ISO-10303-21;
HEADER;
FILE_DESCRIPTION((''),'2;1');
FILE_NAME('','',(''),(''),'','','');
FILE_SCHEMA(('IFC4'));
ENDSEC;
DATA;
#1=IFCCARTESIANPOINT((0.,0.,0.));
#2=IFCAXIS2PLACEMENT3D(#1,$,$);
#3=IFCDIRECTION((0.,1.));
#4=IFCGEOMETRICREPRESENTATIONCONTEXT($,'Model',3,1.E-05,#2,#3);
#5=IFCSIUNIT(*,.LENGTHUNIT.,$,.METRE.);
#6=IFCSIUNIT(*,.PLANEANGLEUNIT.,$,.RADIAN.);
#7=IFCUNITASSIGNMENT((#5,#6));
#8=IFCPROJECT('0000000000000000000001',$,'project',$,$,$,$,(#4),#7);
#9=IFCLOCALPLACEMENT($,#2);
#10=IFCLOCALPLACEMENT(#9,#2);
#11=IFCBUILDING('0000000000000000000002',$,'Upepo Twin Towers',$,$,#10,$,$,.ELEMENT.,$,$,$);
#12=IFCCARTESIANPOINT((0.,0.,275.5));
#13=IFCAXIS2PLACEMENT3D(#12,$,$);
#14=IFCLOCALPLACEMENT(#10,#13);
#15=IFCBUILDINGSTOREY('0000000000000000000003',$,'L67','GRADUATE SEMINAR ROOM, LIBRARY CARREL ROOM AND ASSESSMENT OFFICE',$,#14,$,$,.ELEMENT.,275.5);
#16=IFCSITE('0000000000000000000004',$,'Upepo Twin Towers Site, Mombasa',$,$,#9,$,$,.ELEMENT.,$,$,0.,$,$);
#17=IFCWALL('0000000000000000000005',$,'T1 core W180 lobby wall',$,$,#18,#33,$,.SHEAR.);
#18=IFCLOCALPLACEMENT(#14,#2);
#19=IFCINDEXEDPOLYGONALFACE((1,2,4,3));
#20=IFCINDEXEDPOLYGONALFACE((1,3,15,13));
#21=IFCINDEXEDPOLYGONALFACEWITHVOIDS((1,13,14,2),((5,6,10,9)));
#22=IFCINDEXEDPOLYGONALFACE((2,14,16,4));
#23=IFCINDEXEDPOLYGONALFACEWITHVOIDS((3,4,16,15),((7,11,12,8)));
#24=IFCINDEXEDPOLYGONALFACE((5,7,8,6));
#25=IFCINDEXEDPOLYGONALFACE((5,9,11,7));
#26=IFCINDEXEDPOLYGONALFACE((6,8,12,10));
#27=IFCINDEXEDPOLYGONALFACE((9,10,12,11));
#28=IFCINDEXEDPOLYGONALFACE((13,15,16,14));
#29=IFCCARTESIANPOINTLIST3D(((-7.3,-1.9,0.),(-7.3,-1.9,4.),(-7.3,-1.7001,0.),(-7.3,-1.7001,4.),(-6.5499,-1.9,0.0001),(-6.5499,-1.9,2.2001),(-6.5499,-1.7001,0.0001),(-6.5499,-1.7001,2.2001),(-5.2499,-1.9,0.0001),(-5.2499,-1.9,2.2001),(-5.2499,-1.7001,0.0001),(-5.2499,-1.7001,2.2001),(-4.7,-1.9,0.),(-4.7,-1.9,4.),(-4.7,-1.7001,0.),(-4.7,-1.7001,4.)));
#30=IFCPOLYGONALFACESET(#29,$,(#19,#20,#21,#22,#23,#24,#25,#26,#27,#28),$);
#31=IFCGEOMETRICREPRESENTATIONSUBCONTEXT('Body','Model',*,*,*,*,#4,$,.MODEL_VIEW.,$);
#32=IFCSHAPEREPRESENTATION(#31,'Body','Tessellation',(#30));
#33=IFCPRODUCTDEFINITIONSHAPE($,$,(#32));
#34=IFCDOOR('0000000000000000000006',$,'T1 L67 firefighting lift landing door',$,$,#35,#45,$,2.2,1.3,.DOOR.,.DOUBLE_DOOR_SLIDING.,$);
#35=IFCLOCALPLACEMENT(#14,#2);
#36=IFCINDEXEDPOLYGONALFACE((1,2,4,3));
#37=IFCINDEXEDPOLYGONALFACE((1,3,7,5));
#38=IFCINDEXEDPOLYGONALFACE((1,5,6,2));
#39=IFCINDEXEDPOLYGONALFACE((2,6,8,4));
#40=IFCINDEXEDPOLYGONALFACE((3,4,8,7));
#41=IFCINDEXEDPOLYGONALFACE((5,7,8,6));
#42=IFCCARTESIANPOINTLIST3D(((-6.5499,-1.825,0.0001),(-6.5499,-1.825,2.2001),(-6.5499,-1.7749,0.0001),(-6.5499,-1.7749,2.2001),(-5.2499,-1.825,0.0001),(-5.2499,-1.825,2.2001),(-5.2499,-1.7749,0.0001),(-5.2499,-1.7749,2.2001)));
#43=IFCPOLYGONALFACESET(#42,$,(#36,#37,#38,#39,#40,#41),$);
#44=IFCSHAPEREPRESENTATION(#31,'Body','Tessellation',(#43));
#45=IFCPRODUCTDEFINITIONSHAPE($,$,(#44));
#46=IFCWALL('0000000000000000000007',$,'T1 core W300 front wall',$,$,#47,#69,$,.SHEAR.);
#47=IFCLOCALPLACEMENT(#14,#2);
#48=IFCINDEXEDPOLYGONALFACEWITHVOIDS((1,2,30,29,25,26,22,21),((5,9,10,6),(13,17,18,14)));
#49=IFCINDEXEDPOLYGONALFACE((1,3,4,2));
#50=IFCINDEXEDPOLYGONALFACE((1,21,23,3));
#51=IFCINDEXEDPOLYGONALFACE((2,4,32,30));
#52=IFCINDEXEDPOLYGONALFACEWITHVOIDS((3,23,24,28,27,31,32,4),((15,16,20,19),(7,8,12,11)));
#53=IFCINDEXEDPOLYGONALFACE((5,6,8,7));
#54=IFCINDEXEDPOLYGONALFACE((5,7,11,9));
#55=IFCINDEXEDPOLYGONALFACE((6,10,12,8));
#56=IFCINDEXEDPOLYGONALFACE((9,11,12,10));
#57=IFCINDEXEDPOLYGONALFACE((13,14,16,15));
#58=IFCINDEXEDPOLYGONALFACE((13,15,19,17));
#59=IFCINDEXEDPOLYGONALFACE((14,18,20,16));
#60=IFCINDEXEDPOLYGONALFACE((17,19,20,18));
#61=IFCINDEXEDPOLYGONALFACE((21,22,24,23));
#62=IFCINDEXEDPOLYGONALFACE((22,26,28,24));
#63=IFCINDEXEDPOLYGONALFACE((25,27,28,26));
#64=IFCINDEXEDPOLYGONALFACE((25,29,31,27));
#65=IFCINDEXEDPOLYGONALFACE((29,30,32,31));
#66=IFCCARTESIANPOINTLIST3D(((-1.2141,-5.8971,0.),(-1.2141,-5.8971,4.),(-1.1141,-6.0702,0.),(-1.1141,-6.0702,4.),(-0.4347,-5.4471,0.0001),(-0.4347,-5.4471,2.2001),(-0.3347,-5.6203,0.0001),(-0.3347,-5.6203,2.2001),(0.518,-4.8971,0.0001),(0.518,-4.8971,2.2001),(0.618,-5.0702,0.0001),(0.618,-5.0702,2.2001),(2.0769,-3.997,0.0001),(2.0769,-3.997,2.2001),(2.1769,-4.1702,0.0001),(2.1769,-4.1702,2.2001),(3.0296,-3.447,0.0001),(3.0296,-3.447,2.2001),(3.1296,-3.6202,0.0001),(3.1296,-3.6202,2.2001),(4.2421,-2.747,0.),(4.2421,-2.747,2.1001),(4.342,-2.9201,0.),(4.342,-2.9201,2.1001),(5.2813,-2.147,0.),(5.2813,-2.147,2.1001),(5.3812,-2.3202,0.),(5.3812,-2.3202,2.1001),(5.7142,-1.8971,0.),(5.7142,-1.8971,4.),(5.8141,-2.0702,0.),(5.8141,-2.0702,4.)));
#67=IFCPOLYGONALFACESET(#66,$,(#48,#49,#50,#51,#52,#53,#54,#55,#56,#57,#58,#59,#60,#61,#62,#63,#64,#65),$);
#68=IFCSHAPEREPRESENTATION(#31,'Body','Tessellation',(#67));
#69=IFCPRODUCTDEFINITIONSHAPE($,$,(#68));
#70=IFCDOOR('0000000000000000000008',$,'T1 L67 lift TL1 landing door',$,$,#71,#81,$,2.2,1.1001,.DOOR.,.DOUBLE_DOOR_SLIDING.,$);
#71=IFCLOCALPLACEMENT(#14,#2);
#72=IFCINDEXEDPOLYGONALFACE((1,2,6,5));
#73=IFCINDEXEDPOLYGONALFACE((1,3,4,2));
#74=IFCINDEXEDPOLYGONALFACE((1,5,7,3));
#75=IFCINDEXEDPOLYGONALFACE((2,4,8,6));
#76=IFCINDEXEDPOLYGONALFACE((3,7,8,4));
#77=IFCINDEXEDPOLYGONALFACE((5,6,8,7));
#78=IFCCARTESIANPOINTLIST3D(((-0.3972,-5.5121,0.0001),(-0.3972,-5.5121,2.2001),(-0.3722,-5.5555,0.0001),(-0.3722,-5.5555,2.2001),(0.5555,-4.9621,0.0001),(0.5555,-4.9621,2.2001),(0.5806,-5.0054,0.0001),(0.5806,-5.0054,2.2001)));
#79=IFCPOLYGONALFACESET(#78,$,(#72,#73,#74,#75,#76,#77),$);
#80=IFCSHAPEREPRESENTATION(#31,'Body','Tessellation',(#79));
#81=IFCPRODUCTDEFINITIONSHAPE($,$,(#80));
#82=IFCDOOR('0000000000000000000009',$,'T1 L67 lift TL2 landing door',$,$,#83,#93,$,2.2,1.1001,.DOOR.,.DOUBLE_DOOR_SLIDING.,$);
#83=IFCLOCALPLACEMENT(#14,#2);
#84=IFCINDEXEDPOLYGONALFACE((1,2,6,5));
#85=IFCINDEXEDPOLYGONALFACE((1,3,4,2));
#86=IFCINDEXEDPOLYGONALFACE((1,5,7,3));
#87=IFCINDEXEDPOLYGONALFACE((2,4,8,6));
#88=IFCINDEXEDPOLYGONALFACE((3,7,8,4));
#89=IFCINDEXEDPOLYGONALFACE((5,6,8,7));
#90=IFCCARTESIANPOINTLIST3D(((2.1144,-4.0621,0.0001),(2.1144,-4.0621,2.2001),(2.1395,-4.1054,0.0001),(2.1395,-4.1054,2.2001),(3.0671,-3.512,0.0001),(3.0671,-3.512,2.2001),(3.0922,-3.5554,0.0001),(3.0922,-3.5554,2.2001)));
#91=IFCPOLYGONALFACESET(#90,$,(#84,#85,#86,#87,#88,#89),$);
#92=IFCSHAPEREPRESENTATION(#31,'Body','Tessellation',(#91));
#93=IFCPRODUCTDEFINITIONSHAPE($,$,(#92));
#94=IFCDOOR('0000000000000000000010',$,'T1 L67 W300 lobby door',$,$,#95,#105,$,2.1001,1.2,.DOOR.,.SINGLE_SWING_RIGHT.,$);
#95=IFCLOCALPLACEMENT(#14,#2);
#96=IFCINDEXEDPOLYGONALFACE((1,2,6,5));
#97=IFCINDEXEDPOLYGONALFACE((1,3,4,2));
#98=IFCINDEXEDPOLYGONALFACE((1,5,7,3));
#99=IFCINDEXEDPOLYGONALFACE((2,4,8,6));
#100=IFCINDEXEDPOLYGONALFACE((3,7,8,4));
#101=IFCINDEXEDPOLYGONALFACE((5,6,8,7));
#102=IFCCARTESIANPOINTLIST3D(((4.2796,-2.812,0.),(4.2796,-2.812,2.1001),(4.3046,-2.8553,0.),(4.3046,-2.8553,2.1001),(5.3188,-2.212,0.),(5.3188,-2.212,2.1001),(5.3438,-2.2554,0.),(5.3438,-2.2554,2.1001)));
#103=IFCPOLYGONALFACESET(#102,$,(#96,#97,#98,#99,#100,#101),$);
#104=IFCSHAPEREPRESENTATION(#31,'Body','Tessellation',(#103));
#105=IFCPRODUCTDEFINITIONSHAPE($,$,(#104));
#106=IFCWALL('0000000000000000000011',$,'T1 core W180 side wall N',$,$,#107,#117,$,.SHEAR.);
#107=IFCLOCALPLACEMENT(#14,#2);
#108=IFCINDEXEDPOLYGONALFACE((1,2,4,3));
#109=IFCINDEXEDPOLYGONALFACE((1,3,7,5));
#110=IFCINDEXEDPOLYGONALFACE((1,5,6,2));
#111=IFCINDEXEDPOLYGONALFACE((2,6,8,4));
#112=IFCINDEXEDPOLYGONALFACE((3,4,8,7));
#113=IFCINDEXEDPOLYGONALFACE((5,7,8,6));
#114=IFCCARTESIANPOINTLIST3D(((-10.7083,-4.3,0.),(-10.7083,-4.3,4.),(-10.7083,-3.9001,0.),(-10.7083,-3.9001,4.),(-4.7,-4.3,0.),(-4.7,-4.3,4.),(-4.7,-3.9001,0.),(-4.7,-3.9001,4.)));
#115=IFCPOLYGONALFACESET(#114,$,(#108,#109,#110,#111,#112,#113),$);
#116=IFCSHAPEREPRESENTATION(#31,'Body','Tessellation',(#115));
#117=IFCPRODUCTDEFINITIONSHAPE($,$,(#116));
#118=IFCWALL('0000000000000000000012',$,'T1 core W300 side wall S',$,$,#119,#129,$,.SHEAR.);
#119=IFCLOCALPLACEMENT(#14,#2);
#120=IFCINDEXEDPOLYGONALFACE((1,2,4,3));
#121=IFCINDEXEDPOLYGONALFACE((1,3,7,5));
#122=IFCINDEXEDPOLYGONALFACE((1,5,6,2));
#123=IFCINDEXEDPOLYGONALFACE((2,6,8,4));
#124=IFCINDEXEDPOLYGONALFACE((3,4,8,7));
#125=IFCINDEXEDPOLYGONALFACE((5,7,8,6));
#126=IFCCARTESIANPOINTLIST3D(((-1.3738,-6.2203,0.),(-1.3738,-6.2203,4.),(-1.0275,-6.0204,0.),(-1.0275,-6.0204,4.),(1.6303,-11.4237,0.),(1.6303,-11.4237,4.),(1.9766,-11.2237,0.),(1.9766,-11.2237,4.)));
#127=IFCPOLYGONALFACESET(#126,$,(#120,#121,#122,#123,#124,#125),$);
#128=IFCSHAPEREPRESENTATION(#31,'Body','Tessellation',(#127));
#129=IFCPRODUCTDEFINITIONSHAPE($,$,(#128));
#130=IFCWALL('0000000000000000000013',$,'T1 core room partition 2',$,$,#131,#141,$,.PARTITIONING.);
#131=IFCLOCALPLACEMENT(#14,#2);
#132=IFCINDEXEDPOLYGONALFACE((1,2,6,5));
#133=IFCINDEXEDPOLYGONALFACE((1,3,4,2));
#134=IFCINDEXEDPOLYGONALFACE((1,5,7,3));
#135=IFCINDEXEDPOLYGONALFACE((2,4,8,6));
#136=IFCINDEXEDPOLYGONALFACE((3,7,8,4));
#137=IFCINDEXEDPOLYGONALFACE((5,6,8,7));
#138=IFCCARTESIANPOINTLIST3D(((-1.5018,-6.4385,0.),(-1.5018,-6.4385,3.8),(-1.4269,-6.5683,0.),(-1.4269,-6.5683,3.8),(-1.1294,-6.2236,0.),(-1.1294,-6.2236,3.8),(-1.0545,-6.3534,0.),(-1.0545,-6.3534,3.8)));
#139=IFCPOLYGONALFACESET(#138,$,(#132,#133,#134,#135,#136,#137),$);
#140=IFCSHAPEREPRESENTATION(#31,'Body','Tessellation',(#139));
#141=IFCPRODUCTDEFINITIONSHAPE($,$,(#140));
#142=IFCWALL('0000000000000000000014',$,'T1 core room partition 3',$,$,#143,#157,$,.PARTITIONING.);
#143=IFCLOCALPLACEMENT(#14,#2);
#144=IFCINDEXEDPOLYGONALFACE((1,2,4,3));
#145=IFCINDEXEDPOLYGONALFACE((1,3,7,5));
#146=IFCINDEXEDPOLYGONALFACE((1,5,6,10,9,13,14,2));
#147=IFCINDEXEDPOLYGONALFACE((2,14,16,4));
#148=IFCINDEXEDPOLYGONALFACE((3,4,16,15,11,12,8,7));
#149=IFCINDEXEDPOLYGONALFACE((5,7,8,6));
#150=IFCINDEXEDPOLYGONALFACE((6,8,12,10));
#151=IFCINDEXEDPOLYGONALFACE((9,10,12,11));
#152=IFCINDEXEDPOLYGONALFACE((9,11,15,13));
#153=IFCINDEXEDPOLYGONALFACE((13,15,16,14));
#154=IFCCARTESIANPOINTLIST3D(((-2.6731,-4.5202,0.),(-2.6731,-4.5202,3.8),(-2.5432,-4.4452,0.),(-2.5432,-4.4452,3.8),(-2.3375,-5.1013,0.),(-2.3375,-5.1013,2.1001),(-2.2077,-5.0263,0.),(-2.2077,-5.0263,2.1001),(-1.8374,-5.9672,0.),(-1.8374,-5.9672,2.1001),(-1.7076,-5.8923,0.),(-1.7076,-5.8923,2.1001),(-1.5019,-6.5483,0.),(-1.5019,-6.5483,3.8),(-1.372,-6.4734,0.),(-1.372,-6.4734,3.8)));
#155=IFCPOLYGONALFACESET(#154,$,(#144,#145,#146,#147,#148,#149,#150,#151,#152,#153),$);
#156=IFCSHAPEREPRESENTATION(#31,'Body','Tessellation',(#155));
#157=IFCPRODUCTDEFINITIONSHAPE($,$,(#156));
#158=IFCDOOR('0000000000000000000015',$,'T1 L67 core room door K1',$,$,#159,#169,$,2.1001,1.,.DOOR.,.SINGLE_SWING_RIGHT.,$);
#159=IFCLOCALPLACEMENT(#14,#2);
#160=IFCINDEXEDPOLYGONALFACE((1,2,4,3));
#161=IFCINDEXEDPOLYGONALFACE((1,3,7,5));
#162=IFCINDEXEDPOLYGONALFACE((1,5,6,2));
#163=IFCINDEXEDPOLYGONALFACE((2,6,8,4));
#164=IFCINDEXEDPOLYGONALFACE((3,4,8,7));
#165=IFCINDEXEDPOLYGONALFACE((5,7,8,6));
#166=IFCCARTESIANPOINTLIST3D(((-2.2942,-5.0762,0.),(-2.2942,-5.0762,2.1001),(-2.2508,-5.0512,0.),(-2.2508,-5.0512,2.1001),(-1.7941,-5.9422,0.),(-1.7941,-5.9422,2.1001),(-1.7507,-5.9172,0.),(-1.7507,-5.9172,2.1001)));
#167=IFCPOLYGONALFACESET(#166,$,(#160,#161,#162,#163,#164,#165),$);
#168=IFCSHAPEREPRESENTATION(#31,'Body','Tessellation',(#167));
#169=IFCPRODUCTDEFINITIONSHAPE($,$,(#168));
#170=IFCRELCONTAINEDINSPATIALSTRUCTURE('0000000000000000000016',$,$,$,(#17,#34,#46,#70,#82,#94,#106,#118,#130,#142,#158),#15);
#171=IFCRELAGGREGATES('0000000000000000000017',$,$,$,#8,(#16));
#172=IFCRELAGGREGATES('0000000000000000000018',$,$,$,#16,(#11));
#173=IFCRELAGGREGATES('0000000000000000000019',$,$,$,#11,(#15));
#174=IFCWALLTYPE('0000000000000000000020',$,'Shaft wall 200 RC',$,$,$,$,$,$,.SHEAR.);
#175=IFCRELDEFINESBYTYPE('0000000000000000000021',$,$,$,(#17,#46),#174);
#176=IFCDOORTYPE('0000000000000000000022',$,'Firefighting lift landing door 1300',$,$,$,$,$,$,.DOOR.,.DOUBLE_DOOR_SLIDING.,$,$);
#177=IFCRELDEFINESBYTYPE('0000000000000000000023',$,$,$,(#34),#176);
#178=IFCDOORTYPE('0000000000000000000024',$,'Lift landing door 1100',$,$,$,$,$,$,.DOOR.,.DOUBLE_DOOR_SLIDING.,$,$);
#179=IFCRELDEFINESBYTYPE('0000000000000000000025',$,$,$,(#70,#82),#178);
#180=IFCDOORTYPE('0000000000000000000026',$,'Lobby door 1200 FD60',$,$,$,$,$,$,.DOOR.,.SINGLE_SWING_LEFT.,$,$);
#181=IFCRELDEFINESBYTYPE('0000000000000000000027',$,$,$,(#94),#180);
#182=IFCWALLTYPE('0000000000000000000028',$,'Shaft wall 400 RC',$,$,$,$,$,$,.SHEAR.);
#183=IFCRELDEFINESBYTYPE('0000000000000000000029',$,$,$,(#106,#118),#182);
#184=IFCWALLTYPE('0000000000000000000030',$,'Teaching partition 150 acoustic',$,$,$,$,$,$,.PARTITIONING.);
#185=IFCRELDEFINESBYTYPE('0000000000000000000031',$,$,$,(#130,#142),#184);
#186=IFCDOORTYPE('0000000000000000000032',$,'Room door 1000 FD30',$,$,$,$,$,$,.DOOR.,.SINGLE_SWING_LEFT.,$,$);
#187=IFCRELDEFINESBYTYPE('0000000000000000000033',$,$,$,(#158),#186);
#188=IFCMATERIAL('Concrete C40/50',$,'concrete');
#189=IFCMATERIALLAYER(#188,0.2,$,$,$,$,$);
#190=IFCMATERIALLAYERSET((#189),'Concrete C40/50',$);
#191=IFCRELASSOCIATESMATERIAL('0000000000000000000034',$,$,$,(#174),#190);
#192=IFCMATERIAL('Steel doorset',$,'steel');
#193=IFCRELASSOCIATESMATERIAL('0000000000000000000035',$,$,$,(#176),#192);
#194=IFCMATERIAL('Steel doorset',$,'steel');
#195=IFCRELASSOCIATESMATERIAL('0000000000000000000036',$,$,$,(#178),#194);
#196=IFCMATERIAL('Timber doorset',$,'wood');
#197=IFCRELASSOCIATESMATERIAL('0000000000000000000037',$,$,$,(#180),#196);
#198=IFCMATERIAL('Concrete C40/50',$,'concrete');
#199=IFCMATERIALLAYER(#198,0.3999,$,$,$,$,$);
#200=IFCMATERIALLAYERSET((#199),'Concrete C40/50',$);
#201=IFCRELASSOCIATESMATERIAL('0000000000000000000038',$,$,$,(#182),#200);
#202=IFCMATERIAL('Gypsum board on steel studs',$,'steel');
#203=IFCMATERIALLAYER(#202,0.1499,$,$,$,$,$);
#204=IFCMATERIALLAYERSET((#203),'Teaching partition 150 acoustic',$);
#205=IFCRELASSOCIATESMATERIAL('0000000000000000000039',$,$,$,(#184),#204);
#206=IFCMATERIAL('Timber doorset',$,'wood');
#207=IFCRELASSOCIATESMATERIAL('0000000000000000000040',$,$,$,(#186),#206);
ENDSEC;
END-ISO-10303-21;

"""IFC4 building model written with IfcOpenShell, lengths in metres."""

from ifc_helpers import new_model, si_unit, direction, frame, frame_2d, origin, place, context, subcontext, project, spatial, rectangle, extrude, material, layer, layer_set, type_object, element, fill, save


model = new_model("IFC4")

# Units and contexts
model_context = context("Model", 3, precision=1e-05, world=origin(), true_north=direction((0.0, 1.0)))
body_context = subcontext(model_context, "Body", "Model", "MODEL_VIEW")
ifc_project = project(units=[si_unit("LENGTHUNIT", "METRE"), si_unit("PLANEANGLEUNIT", "RADIAN")], contexts=[model_context])

# Site, building, storey
site_placement = place(None, origin())
site = spatial("IfcSite", under=ifc_project, at=site_placement, Name="Upepo Twin Towers Site, Mombasa", CompositionType="ELEMENT", RefElevation=0.0)
building_placement = place(site_placement, origin())
building = spatial("IfcBuilding", under=site, at=building_placement, Name="Upepo Twin Towers", CompositionType="ELEMENT")
storey_placement = place(building_placement, frame((0.0, 0.0, 275.5)))
storey = spatial("IfcBuildingStorey", under=building, at=storey_placement, Name="L67", Description="GRADUATE SEMINAR ROOM, LIBRARY CARREL ROOM AND ASSESSMENT OFFICE", CompositionType="ELEMENT", Elevation=275.5)

# Wall, opening, door
ifc_material_1 = material(Name="Concrete C40/50", Category="concrete")
ifc_layer_1 = layer(ifc_material_1, 0.2)
ifc_layer_set_1 = layer_set([ifc_layer_1], Name="Concrete C40/50")
wall_type_1 = type_object("IfcWallType", Name="Shaft wall 200 RC", PredefinedType="SHEAR", material=ifc_layer_set_1)
wall_1_placement = place(storey_placement, frame((-4.7, -1.8, 0.0), z_axis=(0.0, 0.0, 1.0), x_axis=(-1.0, 0.0, 0.0)))
wall_1 = element("IfcWall", 1, at=wall_1_placement, inside=storey, type_object=wall_type_1, Name="T1 core W180 lobby wall", PredefinedType="SHEAR", context=body_context, shape_type="SweptSolid", body=[
    extrude(rectangle(XDim=2.6001, YDim=0.2, at=frame_2d((1.3, 0.0))), origin(), (0.0, 0.0, 1.0), 4.0),
])
opening_1_placement = place(wall_1_placement, frame((0.55, 0.0, 0.0)))
opening_1 = element("IfcOpeningElement", 2, at=opening_1_placement, cuts=wall_1, PredefinedType="OPENING", context=body_context, shape_type="SweptSolid", body=[
    extrude(rectangle(XDim=1.3, YDim=2.2, at=frame_2d((0.6499, 1.1001))), frame((0.0, 0.1099, 0.0), z_axis=(0.0, -1.0, 0.0), x_axis=(1.0, 0.0, 0.0)), (0.0, 0.0, 1.0), 0.22),
])
ifc_material_2 = material(Name="Steel doorset", Category="steel")
door_type_1 = type_object("IfcDoorType", Name="Firefighting lift landing door 1300", OperationType="DOUBLE_DOOR_SLIDING", PredefinedType="DOOR", material=ifc_material_2)
door_1_placement = place(opening_1_placement, origin())
door_1 = element("IfcDoor", 3, at=door_1_placement, inside=storey, type_object=door_type_1, Name="T1 L67 firefighting lift landing door", OperationType="DOUBLE_DOOR_SLIDING", OverallHeight=2.2, OverallWidth=1.3, PredefinedType="DOOR", context=body_context, shape_type="SweptSolid", body=[
    extrude(rectangle(XDim=1.3, YDim=2.2, at=frame_2d((0.6499, 1.1001))), frame((0.0, 0.0249, 0.0), z_axis=(0.0, -1.0, 0.0), x_axis=(1.0, 0.0, 0.0)), (0.0, 0.0, 1.0), 0.05),
])
fill(opening_1, door_1)

# Wall, openings, doors
wall_2_placement = place(storey_placement, frame((-1.1641, -5.9836, 0.0), z_axis=(0.0, 0.0, 1.0), x_axis=(0.866026, 0.499999, 0.0)))
wall_2 = element("IfcWall", 4, at=wall_2_placement, inside=storey, type_object=wall_type_1, Name="T1 core W300 front wall", PredefinedType="SHEAR", context=body_context, shape_type="SweptSolid", body=[
    extrude(rectangle(XDim=8.0, YDim=0.2, at=frame_2d((4.0, 0.0))), origin(), (0.0, 0.0, 1.0), 4.0),
])
opening_2_placement = place(wall_2_placement, frame((6.3, 0.0, 0.0)))
opening_2 = element("IfcOpeningElement", 5, at=opening_2_placement, cuts=wall_2, PredefinedType="OPENING", context=body_context, shape_type="SweptSolid", body=[
    extrude(rectangle(XDim=1.2, YDim=2.1001, at=frame_2d((0.6001, 1.05))), frame((0.0, 0.1099, 0.0), z_axis=(0.0, -1.0, 0.0), x_axis=(1.0, 0.0, 0.0)), (0.0, 0.0, 1.0), 0.22),
])
opening_3_placement = place(wall_2_placement, frame((0.8999, 0.0, 0.0)))
opening_3 = element("IfcOpeningElement", 6, at=opening_3_placement, cuts=wall_2, PredefinedType="OPENING", context=body_context, shape_type="SweptSolid", body=[
    extrude(rectangle(XDim=1.1001, YDim=2.2, at=frame_2d((0.55, 1.1001))), frame((0.0, 0.1099, 0.0), z_axis=(0.0, -1.0, 0.0), x_axis=(1.0, 0.0, 0.0)), (0.0, 0.0, 1.0), 0.22),
])
opening_4_placement = place(wall_2_placement, frame((3.8, 0.0, 0.0)))
opening_4 = element("IfcOpeningElement", 7, at=opening_4_placement, cuts=wall_2, PredefinedType="OPENING", context=body_context, shape_type="SweptSolid", body=[
    extrude(rectangle(XDim=1.1001, YDim=2.2, at=frame_2d((0.55, 1.1001))), frame((0.0, 0.1099, 0.0), z_axis=(0.0, -1.0, 0.0), x_axis=(1.0, 0.0, 0.0)), (0.0, 0.0, 1.0), 0.22),
])
ifc_material_3 = material(Name="Steel doorset", Category="steel")
door_type_2 = type_object("IfcDoorType", Name="Lift landing door 1100", OperationType="DOUBLE_DOOR_SLIDING", PredefinedType="DOOR", material=ifc_material_3)
door_2_placement = place(opening_3_placement, origin())
door_2 = element("IfcDoor", 8, at=door_2_placement, inside=storey, type_object=door_type_2, Name="T1 L67 lift TL1 landing door", OperationType="DOUBLE_DOOR_SLIDING", OverallHeight=2.2, OverallWidth=1.1001, PredefinedType="DOOR", context=body_context, shape_type="SweptSolid", body=[
    extrude(rectangle(XDim=1.1001, YDim=2.2, at=frame_2d((0.55, 1.1001))), frame((0.0, 0.0249, 0.0), z_axis=(0.0, -1.0, 0.0), x_axis=(1.0, 0.0, 0.0)), (0.0, 0.0, 1.0), 0.05),
])
fill(opening_3, door_2)
door_3_placement = place(opening_4_placement, origin())
door_3 = element("IfcDoor", 9, at=door_3_placement, inside=storey, type_object=door_type_2, Name="T1 L67 lift TL2 landing door", OperationType="DOUBLE_DOOR_SLIDING", OverallHeight=2.2, OverallWidth=1.1001, PredefinedType="DOOR", context=body_context, shape_type="SweptSolid", body=[
    extrude(rectangle(XDim=1.1001, YDim=2.2, at=frame_2d((0.55, 1.1001))), frame((0.0, 0.0249, 0.0), z_axis=(0.0, -1.0, 0.0), x_axis=(1.0, 0.0, 0.0)), (0.0, 0.0, 1.0), 0.05),
])
fill(opening_4, door_3)
ifc_material_4 = material(Name="Timber doorset", Category="wood")
door_type_3 = type_object("IfcDoorType", Name="Lobby door 1200 FD60", OperationType="SINGLE_SWING_LEFT", PredefinedType="DOOR", material=ifc_material_4)
door_4_placement = place(opening_2_placement, origin())
door_4 = element("IfcDoor", 10, at=door_4_placement, inside=storey, type_object=door_type_3, Name="T1 L67 W300 lobby door", OperationType="SINGLE_SWING_RIGHT", OverallHeight=2.1001, OverallWidth=1.2, PredefinedType="DOOR", context=body_context, shape_type="SweptSolid", body=[
    extrude(rectangle(XDim=1.2, YDim=2.1001, at=frame_2d((0.6001, 1.05))), frame((0.0, 0.0249, 0.0), z_axis=(0.0, -1.0, 0.0), x_axis=(1.0, 0.0, 0.0)), (0.0, 0.0, 1.0), 0.05),
])
fill(opening_2, door_4)

# Walls
ifc_material_5 = material(Name="Concrete C40/50", Category="concrete")
ifc_layer_2 = layer(ifc_material_5, 0.3999)
ifc_layer_set_2 = layer_set([ifc_layer_2], Name="Concrete C40/50")
wall_type_2 = type_object("IfcWallType", Name="Shaft wall 400 RC", PredefinedType="SHEAR", material=ifc_layer_set_2)
for number, where, z_axis, x_axis, name in (
    (11, (-4.7, -4.1001, 0.0), (0.0, 0.0, 1.0), (-1.0, 0.0, 0.0), "T1 core W180 side wall N"),
    (12, (-1.2007, -6.1204, 0.0), (0.0, 0.0, 1.0), (0.499998, -0.866027, 0.0), "T1 core W300 side wall S"),
):
    element("IfcWall", number, at=place(storey_placement, frame(where, z_axis=z_axis, x_axis=x_axis)), inside=storey, type_object=wall_type_2, Name=name, PredefinedType="SHEAR", context=body_context, shape_type="SweptSolid", body=[
        extrude(rectangle(XDim=6.0083, YDim=0.3999, at=frame_2d((3.0042, 0.0))), origin(), (0.0, 0.0, 1.0), 4.0),
    ])
ifc_material_6 = material(Name="Gypsum board on steel studs", Category="steel")
ifc_layer_3 = layer(ifc_material_6, 0.1499)
ifc_layer_set_3 = layer_set([ifc_layer_3], Name="Teaching partition 150 acoustic")
wall_type_3 = type_object("IfcWallType", Name="Teaching partition 150 acoustic", PredefinedType="PARTITIONING", material=ifc_layer_set_3)
wall_3_placement = place(storey_placement, frame((-1.092, -6.2886, 0.0), z_axis=(0.0, 0.0, 1.0), x_axis=(-0.866138, -0.499804, 0.0)))
element("IfcWall", 13, at=wall_3_placement, inside=storey, type_object=wall_type_3, Name="T1 core room partition 2", PredefinedType="PARTITIONING", context=body_context, shape_type="SweptSolid", body=[
    extrude(rectangle(XDim=0.4299, YDim=0.1499, at=frame_2d((0.2148, 0.0))), origin(), (0.0, 0.0, 1.0), 3.8),
])

# Wall, opening, door
wall_4_placement = place(storey_placement, frame((-1.437, -6.5107, 0.0), z_axis=(0.0, 0.0, 1.0), x_axis=(-0.500074, 0.865982, 0.0)))
wall_4 = element("IfcWall", 14, at=wall_4_placement, inside=storey, type_object=wall_type_3, Name="T1 core room partition 3", PredefinedType="PARTITIONING", context=body_context, shape_type="SweptSolid", body=[
    extrude(rectangle(XDim=2.342, YDim=0.1499, at=frame_2d((1.1709, 0.0))), origin(), (0.0, 0.0, 1.0), 3.8),
])
opening_5_placement = place(wall_4_placement, frame((0.6709, 0.0, 0.0)))
opening_5 = element("IfcOpeningElement", 15, at=opening_5_placement, cuts=wall_4, PredefinedType="OPENING", context=body_context, shape_type="SweptSolid", body=[
    extrude(rectangle(XDim=1.0, YDim=2.1001, at=frame_2d((0.5, 1.05))), frame((0.0, 0.085, 0.0), z_axis=(0.0, -1.0, 0.0), x_axis=(1.0, 0.0, 0.0)), (0.0, 0.0, 1.0), 0.1699),
])
ifc_material_7 = material(Name="Timber doorset", Category="wood")
door_type_4 = type_object("IfcDoorType", Name="Room door 1000 FD30", OperationType="SINGLE_SWING_LEFT", PredefinedType="DOOR", material=ifc_material_7)
door_5_placement = place(opening_5_placement, origin())
door_5 = element("IfcDoor", 16, at=door_5_placement, inside=storey, type_object=door_type_4, Name="T1 L67 core room door K1", OperationType="SINGLE_SWING_RIGHT", OverallHeight=2.1001, OverallWidth=1.0, PredefinedType="DOOR", context=body_context, shape_type="SweptSolid", body=[
    extrude(rectangle(XDim=1.0, YDim=2.1001, at=frame_2d((0.5, 1.05))), frame((0.0, 0.0249, 0.0), z_axis=(0.0, -1.0, 0.0), x_axis=(1.0, 0.0, 0.0)), (0.0, 0.0, 1.0), 0.05),
])
fill(opening_5, door_5)

save(model, "model.ifc")
